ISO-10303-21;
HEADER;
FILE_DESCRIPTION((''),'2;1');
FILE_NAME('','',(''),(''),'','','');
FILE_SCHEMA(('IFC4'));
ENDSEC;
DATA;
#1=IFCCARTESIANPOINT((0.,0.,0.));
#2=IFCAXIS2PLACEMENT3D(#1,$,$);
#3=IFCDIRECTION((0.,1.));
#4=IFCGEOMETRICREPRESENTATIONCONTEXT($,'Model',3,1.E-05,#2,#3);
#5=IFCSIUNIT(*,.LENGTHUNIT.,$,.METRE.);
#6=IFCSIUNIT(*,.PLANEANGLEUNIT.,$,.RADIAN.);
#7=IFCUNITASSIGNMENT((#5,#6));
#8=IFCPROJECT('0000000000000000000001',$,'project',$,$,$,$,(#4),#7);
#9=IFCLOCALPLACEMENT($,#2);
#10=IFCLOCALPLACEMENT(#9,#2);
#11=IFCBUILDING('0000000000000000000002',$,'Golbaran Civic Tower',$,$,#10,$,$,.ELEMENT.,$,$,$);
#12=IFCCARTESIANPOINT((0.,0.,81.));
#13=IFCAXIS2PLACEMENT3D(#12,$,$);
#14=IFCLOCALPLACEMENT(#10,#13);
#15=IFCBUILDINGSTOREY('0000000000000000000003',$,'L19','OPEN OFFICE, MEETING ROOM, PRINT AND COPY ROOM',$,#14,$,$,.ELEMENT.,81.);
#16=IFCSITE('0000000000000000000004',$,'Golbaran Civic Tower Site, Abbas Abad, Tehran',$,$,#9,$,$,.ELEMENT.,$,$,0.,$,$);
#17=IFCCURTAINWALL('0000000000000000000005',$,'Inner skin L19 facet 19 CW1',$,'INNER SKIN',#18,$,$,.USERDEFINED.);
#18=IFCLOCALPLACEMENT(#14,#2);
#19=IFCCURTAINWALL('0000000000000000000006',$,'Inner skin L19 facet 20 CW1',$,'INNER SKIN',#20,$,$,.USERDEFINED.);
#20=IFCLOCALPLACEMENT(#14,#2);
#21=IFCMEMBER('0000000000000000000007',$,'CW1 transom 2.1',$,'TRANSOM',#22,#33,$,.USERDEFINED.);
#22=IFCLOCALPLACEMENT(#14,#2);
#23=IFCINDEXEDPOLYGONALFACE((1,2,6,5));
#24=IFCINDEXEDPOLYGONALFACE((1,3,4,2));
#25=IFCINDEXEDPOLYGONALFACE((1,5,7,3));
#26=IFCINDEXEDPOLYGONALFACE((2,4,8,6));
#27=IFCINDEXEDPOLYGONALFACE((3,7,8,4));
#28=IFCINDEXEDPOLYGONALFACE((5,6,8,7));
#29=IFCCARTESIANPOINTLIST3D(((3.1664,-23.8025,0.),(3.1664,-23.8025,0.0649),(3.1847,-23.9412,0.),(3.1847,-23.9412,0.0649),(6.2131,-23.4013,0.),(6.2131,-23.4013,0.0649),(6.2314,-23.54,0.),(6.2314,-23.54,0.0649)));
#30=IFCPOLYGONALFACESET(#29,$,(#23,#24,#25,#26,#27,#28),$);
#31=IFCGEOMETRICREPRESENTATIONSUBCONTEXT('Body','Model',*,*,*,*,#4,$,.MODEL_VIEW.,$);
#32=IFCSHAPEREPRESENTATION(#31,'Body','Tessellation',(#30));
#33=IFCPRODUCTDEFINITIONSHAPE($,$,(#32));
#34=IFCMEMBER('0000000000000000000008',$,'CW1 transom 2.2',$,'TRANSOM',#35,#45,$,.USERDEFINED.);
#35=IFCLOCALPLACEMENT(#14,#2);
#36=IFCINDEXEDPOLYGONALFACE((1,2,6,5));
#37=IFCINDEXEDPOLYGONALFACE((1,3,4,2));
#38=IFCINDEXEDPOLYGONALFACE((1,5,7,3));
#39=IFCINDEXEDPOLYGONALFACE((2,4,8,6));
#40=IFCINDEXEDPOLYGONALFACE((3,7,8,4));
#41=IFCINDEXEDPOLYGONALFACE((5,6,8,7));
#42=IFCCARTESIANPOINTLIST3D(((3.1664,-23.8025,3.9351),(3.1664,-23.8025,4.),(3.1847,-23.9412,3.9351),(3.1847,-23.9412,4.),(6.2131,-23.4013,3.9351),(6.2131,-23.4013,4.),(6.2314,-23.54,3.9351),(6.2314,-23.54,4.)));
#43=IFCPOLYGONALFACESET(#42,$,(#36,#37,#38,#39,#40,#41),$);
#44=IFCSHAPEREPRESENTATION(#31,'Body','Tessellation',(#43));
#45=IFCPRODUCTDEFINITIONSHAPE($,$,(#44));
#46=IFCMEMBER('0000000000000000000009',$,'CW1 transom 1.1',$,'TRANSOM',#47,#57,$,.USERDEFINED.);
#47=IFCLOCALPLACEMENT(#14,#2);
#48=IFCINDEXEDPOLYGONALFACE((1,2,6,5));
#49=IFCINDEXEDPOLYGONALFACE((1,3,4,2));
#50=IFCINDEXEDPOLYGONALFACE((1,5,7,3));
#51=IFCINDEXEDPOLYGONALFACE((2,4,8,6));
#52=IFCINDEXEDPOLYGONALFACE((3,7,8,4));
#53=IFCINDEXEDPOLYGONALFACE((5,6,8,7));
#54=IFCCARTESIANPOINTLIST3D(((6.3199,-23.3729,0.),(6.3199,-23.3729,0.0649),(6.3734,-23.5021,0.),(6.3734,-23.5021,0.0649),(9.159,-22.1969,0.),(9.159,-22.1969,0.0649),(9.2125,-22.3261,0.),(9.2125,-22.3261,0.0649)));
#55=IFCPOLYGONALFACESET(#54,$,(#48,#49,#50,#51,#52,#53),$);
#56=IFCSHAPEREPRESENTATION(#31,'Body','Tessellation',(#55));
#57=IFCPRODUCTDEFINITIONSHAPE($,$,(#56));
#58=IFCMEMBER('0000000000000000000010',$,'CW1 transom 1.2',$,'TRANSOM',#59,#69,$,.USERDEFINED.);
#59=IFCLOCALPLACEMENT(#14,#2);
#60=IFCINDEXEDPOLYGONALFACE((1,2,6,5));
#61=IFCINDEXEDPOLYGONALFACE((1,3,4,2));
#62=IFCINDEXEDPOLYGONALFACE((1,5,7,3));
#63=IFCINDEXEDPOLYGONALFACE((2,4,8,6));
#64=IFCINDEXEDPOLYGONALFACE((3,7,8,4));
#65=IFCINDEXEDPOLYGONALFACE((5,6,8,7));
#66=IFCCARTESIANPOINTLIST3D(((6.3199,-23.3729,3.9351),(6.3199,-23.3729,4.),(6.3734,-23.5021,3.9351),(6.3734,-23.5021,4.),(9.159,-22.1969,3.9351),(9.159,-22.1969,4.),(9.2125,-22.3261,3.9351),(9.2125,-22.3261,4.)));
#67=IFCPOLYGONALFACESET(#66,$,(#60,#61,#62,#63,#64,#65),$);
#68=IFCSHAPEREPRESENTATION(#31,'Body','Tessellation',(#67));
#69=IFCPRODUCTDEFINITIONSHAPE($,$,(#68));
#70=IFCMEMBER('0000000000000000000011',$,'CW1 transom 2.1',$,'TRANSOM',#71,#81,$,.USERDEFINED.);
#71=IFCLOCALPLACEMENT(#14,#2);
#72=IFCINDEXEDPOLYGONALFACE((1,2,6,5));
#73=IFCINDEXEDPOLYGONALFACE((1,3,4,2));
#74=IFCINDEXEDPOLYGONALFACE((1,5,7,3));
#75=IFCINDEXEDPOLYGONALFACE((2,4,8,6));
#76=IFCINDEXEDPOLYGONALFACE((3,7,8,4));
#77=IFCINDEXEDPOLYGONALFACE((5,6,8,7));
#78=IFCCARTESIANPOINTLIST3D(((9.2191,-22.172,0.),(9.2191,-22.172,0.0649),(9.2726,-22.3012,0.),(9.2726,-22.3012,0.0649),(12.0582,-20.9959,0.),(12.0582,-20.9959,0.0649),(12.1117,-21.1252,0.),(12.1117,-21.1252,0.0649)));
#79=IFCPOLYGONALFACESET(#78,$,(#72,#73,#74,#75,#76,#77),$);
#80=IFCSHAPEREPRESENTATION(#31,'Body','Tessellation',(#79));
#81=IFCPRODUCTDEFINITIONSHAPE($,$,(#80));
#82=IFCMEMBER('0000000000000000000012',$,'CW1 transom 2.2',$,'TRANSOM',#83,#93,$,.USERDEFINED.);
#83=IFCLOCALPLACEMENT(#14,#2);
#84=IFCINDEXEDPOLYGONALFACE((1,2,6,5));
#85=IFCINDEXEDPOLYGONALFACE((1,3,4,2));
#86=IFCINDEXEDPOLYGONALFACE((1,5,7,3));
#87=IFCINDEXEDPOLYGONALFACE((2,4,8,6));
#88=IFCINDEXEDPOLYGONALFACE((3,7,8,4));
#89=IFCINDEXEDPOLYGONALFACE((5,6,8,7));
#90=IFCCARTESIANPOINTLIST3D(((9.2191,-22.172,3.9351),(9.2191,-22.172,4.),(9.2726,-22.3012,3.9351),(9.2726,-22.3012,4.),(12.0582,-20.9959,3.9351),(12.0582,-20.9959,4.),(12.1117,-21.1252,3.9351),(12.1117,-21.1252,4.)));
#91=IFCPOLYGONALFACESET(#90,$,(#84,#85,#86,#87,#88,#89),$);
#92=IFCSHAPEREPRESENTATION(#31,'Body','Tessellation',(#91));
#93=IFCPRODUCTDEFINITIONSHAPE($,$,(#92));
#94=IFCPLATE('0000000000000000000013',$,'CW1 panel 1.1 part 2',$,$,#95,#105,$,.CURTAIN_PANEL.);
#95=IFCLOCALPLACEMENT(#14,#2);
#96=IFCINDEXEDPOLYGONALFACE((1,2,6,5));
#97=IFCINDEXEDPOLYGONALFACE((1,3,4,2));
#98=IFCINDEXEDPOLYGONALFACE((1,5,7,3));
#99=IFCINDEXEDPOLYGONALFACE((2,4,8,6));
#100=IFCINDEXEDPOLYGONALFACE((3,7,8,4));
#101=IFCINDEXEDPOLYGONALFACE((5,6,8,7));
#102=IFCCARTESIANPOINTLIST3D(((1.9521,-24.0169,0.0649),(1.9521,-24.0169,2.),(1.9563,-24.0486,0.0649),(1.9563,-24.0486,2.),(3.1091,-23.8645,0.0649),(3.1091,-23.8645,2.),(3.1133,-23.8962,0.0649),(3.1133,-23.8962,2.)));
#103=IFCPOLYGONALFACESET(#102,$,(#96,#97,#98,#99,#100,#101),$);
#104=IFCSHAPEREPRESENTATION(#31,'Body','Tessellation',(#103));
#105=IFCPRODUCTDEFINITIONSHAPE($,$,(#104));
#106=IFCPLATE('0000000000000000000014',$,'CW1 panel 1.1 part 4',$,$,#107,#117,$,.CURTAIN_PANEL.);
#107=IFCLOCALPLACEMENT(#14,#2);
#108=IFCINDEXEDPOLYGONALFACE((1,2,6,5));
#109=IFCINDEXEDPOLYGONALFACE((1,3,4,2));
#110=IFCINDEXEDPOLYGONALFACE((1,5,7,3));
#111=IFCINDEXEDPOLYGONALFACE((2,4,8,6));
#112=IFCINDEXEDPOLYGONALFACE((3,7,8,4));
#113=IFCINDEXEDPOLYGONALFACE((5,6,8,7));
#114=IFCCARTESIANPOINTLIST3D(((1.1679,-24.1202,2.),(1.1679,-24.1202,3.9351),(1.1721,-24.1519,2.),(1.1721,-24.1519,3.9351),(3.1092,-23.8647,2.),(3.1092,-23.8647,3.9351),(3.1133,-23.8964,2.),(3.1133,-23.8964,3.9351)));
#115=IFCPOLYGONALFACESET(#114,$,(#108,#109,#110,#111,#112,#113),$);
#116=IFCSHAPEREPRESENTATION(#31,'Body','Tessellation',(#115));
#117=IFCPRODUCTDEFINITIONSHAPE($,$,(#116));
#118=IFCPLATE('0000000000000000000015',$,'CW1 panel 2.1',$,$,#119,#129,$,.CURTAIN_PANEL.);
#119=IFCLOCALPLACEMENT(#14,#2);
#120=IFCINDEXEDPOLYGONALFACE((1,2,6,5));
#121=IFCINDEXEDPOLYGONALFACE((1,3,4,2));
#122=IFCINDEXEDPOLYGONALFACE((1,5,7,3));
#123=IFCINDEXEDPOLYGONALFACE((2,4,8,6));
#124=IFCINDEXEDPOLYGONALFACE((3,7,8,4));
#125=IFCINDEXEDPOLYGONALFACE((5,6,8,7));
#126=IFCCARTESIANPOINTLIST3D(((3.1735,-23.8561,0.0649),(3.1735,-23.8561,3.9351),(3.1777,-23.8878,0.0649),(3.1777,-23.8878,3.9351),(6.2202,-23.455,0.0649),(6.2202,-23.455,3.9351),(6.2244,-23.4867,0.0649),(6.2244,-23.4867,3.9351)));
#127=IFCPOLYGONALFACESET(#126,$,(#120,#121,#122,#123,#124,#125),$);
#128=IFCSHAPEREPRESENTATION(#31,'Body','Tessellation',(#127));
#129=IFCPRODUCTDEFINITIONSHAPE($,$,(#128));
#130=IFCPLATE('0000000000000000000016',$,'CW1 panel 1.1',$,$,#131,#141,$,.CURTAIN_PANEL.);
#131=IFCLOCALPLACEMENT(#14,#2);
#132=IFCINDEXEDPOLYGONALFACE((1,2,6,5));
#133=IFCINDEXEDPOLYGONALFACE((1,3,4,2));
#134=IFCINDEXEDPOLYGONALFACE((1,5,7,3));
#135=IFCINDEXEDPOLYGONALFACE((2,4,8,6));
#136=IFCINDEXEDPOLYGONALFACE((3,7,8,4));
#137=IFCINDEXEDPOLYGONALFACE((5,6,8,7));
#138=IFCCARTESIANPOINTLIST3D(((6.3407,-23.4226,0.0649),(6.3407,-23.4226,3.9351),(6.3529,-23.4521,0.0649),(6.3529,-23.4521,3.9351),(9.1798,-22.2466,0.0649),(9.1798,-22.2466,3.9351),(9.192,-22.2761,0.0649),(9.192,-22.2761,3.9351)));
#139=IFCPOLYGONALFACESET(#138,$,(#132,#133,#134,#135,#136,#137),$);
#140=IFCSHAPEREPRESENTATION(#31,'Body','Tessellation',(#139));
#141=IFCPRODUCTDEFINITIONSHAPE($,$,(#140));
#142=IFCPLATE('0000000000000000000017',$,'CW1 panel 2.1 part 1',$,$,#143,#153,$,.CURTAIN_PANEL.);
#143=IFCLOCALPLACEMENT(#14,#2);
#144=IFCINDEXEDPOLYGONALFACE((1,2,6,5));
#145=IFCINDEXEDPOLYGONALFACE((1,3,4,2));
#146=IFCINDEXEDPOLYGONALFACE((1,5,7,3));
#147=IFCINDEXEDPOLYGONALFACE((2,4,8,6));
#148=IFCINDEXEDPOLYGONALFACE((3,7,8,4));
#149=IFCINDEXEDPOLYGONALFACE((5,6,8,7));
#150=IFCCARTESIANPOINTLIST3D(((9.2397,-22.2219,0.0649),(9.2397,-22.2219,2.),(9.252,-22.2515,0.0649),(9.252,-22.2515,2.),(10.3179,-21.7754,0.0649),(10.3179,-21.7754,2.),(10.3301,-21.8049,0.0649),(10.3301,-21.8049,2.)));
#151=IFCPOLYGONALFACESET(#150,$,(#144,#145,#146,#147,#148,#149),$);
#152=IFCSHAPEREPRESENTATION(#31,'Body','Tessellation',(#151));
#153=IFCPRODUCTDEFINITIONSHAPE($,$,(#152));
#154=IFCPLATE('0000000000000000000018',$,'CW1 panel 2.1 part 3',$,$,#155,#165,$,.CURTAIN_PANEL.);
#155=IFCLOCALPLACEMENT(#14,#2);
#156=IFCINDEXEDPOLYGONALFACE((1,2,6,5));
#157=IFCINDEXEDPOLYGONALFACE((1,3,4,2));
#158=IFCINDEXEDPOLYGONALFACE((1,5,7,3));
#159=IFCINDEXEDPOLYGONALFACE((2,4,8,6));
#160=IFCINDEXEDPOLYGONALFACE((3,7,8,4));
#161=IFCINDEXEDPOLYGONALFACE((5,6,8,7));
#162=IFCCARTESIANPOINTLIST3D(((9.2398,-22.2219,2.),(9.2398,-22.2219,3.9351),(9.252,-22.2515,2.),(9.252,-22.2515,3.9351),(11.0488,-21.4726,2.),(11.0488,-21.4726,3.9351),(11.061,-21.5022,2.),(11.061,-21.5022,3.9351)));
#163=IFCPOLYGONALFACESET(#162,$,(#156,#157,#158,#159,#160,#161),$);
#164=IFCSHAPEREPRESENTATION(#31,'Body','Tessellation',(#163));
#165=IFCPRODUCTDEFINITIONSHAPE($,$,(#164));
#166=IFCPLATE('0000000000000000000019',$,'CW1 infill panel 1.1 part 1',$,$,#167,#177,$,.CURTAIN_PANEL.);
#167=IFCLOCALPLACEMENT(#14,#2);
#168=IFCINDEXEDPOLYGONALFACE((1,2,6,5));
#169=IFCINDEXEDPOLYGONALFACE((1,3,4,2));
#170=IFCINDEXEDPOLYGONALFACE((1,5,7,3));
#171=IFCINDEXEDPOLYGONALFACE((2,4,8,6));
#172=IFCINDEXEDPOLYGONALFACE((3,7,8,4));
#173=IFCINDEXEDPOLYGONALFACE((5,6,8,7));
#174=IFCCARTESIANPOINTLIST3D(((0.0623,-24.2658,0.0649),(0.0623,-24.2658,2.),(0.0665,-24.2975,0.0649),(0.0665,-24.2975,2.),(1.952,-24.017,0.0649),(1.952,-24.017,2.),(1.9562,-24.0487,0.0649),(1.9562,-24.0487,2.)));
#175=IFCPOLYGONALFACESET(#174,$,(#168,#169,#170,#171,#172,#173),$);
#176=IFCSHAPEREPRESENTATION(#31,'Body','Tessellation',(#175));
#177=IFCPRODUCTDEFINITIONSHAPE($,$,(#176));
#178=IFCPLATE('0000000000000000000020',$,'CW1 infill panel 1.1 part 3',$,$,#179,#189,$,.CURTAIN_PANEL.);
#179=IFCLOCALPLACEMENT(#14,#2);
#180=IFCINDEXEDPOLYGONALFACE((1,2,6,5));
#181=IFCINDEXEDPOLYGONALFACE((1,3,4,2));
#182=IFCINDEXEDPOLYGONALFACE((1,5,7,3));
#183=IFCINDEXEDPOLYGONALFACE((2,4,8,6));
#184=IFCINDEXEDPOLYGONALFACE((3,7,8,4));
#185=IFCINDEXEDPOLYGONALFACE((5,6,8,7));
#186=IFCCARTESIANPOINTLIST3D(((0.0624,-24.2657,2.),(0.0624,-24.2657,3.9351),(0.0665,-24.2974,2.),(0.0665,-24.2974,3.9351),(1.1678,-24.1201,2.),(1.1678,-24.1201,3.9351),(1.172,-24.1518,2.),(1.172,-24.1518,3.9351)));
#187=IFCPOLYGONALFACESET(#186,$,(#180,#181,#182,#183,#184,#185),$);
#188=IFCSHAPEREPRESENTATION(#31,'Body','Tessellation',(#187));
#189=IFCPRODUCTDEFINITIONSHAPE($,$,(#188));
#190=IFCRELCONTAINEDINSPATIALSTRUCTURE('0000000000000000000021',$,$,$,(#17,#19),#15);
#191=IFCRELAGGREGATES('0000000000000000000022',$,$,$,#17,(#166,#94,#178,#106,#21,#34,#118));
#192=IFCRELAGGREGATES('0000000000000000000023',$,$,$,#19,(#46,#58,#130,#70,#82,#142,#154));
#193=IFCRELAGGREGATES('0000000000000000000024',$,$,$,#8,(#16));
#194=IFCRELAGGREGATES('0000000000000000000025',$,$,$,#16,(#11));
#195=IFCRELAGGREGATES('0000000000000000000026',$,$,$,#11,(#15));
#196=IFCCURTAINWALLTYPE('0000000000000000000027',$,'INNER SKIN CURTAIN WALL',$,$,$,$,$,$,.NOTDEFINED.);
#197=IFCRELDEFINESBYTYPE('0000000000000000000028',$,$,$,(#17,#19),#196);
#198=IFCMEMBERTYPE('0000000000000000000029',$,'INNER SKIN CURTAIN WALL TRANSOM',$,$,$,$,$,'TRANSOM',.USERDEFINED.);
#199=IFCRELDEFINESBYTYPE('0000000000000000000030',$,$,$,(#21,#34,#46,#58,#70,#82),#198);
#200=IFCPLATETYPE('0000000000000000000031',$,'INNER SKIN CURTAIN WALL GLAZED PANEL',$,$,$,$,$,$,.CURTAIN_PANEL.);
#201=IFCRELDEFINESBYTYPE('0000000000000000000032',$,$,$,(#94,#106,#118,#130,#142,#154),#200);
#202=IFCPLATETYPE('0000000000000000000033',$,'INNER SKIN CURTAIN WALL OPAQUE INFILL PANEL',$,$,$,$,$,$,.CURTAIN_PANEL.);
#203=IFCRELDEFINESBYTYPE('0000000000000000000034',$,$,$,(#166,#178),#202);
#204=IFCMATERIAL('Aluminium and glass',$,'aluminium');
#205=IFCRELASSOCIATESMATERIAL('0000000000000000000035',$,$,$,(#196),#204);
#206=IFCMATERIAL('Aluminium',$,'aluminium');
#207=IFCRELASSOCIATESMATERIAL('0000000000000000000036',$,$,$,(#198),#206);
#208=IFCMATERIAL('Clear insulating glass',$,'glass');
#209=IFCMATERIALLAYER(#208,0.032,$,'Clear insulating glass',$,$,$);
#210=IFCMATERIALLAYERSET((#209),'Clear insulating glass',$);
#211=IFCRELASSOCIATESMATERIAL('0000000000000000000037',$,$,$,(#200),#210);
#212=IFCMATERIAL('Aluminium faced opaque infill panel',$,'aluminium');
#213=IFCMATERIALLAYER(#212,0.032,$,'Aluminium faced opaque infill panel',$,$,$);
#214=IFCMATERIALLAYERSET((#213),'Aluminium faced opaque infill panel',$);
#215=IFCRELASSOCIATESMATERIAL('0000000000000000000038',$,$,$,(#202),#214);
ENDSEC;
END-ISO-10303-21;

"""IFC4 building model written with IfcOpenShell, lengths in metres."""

from ifc_helpers import new_model, si_unit, direction, frame, origin, origin_2d, place, context, subcontext, project, spatial, rectangle, extrude, material, layer, layer_set, material_profile, profile_set, type_object, element, aggregate, save


model = new_model("IFC4")

# Units and contexts
model_context = context("Model", 3, precision=1e-05, world=origin(), true_north=direction((0.0, 1.0)))
body_context = subcontext(model_context, "Body", "Model", "MODEL_VIEW")
ifc_project = project(units=[si_unit("LENGTHUNIT", "METRE"), si_unit("PLANEANGLEUNIT", "RADIAN")], contexts=[model_context])

# Site, building, storey
site_placement = place(None, origin())
site = spatial("IfcSite", under=ifc_project, at=site_placement, Name="Golbaran Civic Tower Site, Abbas Abad, Tehran", CompositionType="ELEMENT", RefElevation=0.0)
building_placement = place(site_placement, origin())
building = spatial("IfcBuilding", under=site, at=building_placement, Name="Golbaran Civic Tower", CompositionType="ELEMENT")
storey_placement = place(building_placement, frame((0.0, 0.0, 81.0)))
storey = spatial("IfcBuildingStorey", under=building, at=storey_placement, Name="L19", Description="OPEN OFFICE, MEETING ROOM, PRINT AND COPY ROOM", CompositionType="ELEMENT", Elevation=81.0)

# Curtain walls
ifc_material_1 = material(Name="Aluminium and glass", Category="aluminium")
curtain_wall_type = type_object("IfcCurtainWallType", Name="INNER SKIN CURTAIN WALL", PredefinedType="NOTDEFINED", material=ifc_material_1)
curtain_wall_1_placement = place(storey_placement, origin())
curtain_wall_1 = element("IfcCurtainWall", 1, at=curtain_wall_1_placement, inside=storey, type_object=curtain_wall_type, Name="Inner skin L19 facet 19 CW1", ObjectType="INNER SKIN", PredefinedType="USERDEFINED")
ifc_material_2 = material(Name="Aluminium", Category="aluminium")
curtain_wall_2_placement = place(storey_placement, origin())
curtain_wall_2 = element("IfcCurtainWall", 2, at=curtain_wall_2_placement, inside=storey, type_object=curtain_wall_type, Name="Inner skin L19 facet 20 CW1", ObjectType="INNER SKIN", PredefinedType="USERDEFINED")

# Members
ifc_material_profile_1 = material_profile(ifc_material_2, rectangle(XDim=0.1399, YDim=0.0649, at=origin_2d()), Name="INNER SKIN CURTAIN WALL TRANSOM")
ifc_profile_set_1 = profile_set([ifc_material_profile_1], Name="Aluminium")
member_type_1 = type_object("IfcMemberType", Name="INNER SKIN CURTAIN WALL TRANSOM", ElementType="TRANSOM", PredefinedType="USERDEFINED", material=ifc_profile_set_1)
member_1_placement = place(storey_placement, frame((3.1755, -23.8718, 0.0325), z_axis=(0.991444, 0.130535, 0.0), x_axis=(-0.130535, 0.991444, 0.0)))
member_1 = element("IfcMember", 3, at=member_1_placement, type_object=member_type_1, Name="CW1 transom 2.1", ObjectType="TRANSOM", PredefinedType="USERDEFINED", context=body_context, shape_type="SweptSolid", body=[
    extrude(rectangle(XDim=0.1399, YDim=0.0649, at=origin_2d()), origin(), (0.0, 0.0, 1.0), 3.073),
])
member_2_placement = place(storey_placement, frame((3.1755, -23.8718, 3.9675), z_axis=(0.991444, 0.130535, 0.0), x_axis=(-0.130535, 0.991444, 0.0)))
member_2 = element("IfcMember", 4, at=member_2_placement, type_object=member_type_1, Name="CW1 transom 2.2", ObjectType="TRANSOM", PredefinedType="USERDEFINED", context=body_context, shape_type="SweptSolid", body=[
    extrude(rectangle(XDim=0.1399, YDim=0.0649, at=origin_2d()), origin(), (0.0, 0.0, 1.0), 3.073),
])
member_3_placement = place(storey_placement, frame((6.3467, -23.4375, 0.0325), z_axis=(0.923876, 0.382691, 0.0), x_axis=(-0.382691, 0.923876, 0.0)))
member_3 = element("IfcMember", 5, at=member_3_placement, type_object=member_type_1, Name="CW1 transom 1.1", ObjectType="TRANSOM", PredefinedType="USERDEFINED", context=body_context, shape_type="SweptSolid", body=[
    extrude(rectangle(XDim=0.1399, YDim=0.0649, at=origin_2d()), origin(), (0.0, 0.0, 1.0), 3.073),
])
member_4_placement = place(storey_placement, frame((6.3467, -23.4375, 3.9675), z_axis=(0.923876, 0.382691, 0.0), x_axis=(-0.382691, 0.923876, 0.0)))
member_4 = element("IfcMember", 6, at=member_4_placement, type_object=member_type_1, Name="CW1 transom 1.2", ObjectType="TRANSOM", PredefinedType="USERDEFINED", context=body_context, shape_type="SweptSolid", body=[
    extrude(rectangle(XDim=0.1399, YDim=0.0649, at=origin_2d()), origin(), (0.0, 0.0, 1.0), 3.073),
])
member_5_placement = place(storey_placement, frame((9.2458, -22.2366, 0.0325), z_axis=(0.923876, 0.382691, 0.0), x_axis=(-0.382691, 0.923876, 0.0)))
member_5 = element("IfcMember", 7, at=member_5_placement, type_object=member_type_1, Name="CW1 transom 2.1", ObjectType="TRANSOM", PredefinedType="USERDEFINED", context=body_context, shape_type="SweptSolid", body=[
    extrude(rectangle(XDim=0.1399, YDim=0.0649, at=origin_2d()), origin(), (0.0, 0.0, 1.0), 3.073),
])
member_6_placement = place(storey_placement, frame((9.2458, -22.2366, 3.9675), z_axis=(0.923876, 0.382691, 0.0), x_axis=(-0.382691, 0.923876, 0.0)))
member_6 = element("IfcMember", 8, at=member_6_placement, type_object=member_type_1, Name="CW1 transom 2.2", ObjectType="TRANSOM", PredefinedType="USERDEFINED", context=body_context, shape_type="SweptSolid", body=[
    extrude(rectangle(XDim=0.1399, YDim=0.0649, at=origin_2d()), origin(), (0.0, 0.0, 1.0), 3.073),
])

# Plates
ifc_material_3 = material(Name="Clear insulating glass", Category="glass")
ifc_layer_1 = layer(ifc_material_3, 0.032, Name="Clear insulating glass")
ifc_layer_set_1 = layer_set([ifc_layer_1], Name="Clear insulating glass")
plate_type_1 = type_object("IfcPlateType", Name="INNER SKIN CURTAIN WALL GLAZED PANEL", PredefinedType="CURTAIN_PANEL", material=ifc_layer_set_1)
plate_1_placement = place(storey_placement, frame((2.5327, -23.9565, 0.0649), z_axis=(0.0, 0.0, 1.0), x_axis=(0.991445, 0.130526, 0.0)))
plate_1 = element("IfcPlate", 9, at=plate_1_placement, type_object=plate_type_1, Name="CW1 panel 1.1 part 2", PredefinedType="CURTAIN_PANEL", context=body_context, shape_type="SweptSolid", body=[
    extrude(rectangle(XDim=1.167, YDim=0.032, at=origin_2d()), origin(), (0.0, 0.0, 1.0), 1.9351),
])
plate_2_placement = place(storey_placement, frame((2.1406, -24.0083, 2.0), z_axis=(0.0, 0.0, 1.0), x_axis=(0.991445, 0.130526, 0.0)))
plate_2 = element("IfcPlate", 10, at=plate_2_placement, type_object=plate_type_1, Name="CW1 panel 1.1 part 4", PredefinedType="CURTAIN_PANEL", context=body_context, shape_type="SweptSolid", body=[
    extrude(rectangle(XDim=1.958, YDim=0.032, at=origin_2d()), origin(), (0.0, 0.0, 1.0), 1.9351),
])
plate_3_placement = place(storey_placement, frame((4.699, -23.6714, 0.0649), z_axis=(0.0, 0.0, 1.0), x_axis=(0.991445, 0.130526, 0.0)))
plate_3 = element("IfcPlate", 11, at=plate_3_placement, type_object=plate_type_1, Name="CW1 panel 2.1", PredefinedType="CURTAIN_PANEL", context=body_context, shape_type="SweptSolid", body=[
    extrude(rectangle(XDim=3.073, YDim=0.032, at=origin_2d()), origin(), (0.0, 0.0, 1.0), 3.8701),
])
plate_4_placement = place(storey_placement, frame((7.7664, -22.8494, 0.0649), z_axis=(0.0, 0.0, 1.0), x_axis=(0.92388, 0.382683, 0.0)))
plate_4 = element("IfcPlate", 12, at=plate_4_placement, type_object=plate_type_1, Name="CW1 panel 1.1", PredefinedType="CURTAIN_PANEL", context=body_context, shape_type="SweptSolid", body=[
    extrude(rectangle(XDim=3.073, YDim=0.032, at=origin_2d()), origin(), (0.0, 0.0, 1.0), 3.8701),
])
plate_5_placement = place(storey_placement, frame((9.7849, -22.0134, 0.0649), z_axis=(0.0, 0.0, 1.0), x_axis=(0.92388, 0.382683, 0.0)))
plate_5 = element("IfcPlate", 13, at=plate_5_placement, type_object=plate_type_1, Name="CW1 panel 2.1 part 1", PredefinedType="CURTAIN_PANEL", context=body_context, shape_type="SweptSolid", body=[
    extrude(rectangle(XDim=1.167, YDim=0.032, at=origin_2d()), origin(), (0.0, 0.0, 1.0), 1.9351),
])
plate_6_placement = place(storey_placement, frame((10.1504, -21.8621, 2.0), z_axis=(0.0, 0.0, 1.0), x_axis=(0.92388, 0.382683, 0.0)))
plate_6 = element("IfcPlate", 14, at=plate_6_placement, type_object=plate_type_1, Name="CW1 panel 2.1 part 3", PredefinedType="CURTAIN_PANEL", context=body_context, shape_type="SweptSolid", body=[
    extrude(rectangle(XDim=1.958, YDim=0.032, at=origin_2d()), origin(), (0.0, 0.0, 1.0), 1.9351),
])
ifc_material_4 = material(Name="Aluminium faced opaque infill panel", Category="aluminium")
ifc_layer_2 = layer(ifc_material_4, 0.032, Name="Aluminium faced opaque infill panel")
ifc_layer_set_2 = layer_set([ifc_layer_2], Name="Aluminium faced opaque infill panel")
plate_type_2 = type_object("IfcPlateType", Name="INNER SKIN CURTAIN WALL OPAQUE INFILL PANEL", PredefinedType="CURTAIN_PANEL", material=ifc_layer_set_2)
plate_7_placement = place(storey_placement, frame((1.0093, -24.1572, 0.0649), z_axis=(0.0, 0.0, 1.0), x_axis=(0.991445, 0.130526, 0.0)))
plate_7 = element("IfcPlate", 15, at=plate_7_placement, type_object=plate_type_2, Name="CW1 infill panel 1.1 part 1", PredefinedType="CURTAIN_PANEL", context=body_context, shape_type="SweptSolid", body=[
    extrude(rectangle(XDim=1.906, YDim=0.032, at=origin_2d()), origin(), (0.0, 0.0, 1.0), 1.9351),
])
plate_8_placement = place(storey_placement, frame((0.6172, -24.2087, 2.0), z_axis=(0.0, 0.0, 1.0), x_axis=(0.991445, 0.130526, 0.0)))
plate_8 = element("IfcPlate", 16, at=plate_8_placement, type_object=plate_type_2, Name="CW1 infill panel 1.1 part 3", PredefinedType="CURTAIN_PANEL", context=body_context, shape_type="SweptSolid", body=[
    extrude(rectangle(XDim=1.115, YDim=0.032, at=origin_2d()), origin(), (0.0, 0.0, 1.0), 1.9351),
])
aggregate(curtain_wall_1, [plate_7, plate_1, plate_8, plate_2, member_1, member_2, plate_3])
aggregate(curtain_wall_2, [member_3, member_4, plate_4, member_5, member_6, plate_5, plate_6])

save(model, "model.ifc")
